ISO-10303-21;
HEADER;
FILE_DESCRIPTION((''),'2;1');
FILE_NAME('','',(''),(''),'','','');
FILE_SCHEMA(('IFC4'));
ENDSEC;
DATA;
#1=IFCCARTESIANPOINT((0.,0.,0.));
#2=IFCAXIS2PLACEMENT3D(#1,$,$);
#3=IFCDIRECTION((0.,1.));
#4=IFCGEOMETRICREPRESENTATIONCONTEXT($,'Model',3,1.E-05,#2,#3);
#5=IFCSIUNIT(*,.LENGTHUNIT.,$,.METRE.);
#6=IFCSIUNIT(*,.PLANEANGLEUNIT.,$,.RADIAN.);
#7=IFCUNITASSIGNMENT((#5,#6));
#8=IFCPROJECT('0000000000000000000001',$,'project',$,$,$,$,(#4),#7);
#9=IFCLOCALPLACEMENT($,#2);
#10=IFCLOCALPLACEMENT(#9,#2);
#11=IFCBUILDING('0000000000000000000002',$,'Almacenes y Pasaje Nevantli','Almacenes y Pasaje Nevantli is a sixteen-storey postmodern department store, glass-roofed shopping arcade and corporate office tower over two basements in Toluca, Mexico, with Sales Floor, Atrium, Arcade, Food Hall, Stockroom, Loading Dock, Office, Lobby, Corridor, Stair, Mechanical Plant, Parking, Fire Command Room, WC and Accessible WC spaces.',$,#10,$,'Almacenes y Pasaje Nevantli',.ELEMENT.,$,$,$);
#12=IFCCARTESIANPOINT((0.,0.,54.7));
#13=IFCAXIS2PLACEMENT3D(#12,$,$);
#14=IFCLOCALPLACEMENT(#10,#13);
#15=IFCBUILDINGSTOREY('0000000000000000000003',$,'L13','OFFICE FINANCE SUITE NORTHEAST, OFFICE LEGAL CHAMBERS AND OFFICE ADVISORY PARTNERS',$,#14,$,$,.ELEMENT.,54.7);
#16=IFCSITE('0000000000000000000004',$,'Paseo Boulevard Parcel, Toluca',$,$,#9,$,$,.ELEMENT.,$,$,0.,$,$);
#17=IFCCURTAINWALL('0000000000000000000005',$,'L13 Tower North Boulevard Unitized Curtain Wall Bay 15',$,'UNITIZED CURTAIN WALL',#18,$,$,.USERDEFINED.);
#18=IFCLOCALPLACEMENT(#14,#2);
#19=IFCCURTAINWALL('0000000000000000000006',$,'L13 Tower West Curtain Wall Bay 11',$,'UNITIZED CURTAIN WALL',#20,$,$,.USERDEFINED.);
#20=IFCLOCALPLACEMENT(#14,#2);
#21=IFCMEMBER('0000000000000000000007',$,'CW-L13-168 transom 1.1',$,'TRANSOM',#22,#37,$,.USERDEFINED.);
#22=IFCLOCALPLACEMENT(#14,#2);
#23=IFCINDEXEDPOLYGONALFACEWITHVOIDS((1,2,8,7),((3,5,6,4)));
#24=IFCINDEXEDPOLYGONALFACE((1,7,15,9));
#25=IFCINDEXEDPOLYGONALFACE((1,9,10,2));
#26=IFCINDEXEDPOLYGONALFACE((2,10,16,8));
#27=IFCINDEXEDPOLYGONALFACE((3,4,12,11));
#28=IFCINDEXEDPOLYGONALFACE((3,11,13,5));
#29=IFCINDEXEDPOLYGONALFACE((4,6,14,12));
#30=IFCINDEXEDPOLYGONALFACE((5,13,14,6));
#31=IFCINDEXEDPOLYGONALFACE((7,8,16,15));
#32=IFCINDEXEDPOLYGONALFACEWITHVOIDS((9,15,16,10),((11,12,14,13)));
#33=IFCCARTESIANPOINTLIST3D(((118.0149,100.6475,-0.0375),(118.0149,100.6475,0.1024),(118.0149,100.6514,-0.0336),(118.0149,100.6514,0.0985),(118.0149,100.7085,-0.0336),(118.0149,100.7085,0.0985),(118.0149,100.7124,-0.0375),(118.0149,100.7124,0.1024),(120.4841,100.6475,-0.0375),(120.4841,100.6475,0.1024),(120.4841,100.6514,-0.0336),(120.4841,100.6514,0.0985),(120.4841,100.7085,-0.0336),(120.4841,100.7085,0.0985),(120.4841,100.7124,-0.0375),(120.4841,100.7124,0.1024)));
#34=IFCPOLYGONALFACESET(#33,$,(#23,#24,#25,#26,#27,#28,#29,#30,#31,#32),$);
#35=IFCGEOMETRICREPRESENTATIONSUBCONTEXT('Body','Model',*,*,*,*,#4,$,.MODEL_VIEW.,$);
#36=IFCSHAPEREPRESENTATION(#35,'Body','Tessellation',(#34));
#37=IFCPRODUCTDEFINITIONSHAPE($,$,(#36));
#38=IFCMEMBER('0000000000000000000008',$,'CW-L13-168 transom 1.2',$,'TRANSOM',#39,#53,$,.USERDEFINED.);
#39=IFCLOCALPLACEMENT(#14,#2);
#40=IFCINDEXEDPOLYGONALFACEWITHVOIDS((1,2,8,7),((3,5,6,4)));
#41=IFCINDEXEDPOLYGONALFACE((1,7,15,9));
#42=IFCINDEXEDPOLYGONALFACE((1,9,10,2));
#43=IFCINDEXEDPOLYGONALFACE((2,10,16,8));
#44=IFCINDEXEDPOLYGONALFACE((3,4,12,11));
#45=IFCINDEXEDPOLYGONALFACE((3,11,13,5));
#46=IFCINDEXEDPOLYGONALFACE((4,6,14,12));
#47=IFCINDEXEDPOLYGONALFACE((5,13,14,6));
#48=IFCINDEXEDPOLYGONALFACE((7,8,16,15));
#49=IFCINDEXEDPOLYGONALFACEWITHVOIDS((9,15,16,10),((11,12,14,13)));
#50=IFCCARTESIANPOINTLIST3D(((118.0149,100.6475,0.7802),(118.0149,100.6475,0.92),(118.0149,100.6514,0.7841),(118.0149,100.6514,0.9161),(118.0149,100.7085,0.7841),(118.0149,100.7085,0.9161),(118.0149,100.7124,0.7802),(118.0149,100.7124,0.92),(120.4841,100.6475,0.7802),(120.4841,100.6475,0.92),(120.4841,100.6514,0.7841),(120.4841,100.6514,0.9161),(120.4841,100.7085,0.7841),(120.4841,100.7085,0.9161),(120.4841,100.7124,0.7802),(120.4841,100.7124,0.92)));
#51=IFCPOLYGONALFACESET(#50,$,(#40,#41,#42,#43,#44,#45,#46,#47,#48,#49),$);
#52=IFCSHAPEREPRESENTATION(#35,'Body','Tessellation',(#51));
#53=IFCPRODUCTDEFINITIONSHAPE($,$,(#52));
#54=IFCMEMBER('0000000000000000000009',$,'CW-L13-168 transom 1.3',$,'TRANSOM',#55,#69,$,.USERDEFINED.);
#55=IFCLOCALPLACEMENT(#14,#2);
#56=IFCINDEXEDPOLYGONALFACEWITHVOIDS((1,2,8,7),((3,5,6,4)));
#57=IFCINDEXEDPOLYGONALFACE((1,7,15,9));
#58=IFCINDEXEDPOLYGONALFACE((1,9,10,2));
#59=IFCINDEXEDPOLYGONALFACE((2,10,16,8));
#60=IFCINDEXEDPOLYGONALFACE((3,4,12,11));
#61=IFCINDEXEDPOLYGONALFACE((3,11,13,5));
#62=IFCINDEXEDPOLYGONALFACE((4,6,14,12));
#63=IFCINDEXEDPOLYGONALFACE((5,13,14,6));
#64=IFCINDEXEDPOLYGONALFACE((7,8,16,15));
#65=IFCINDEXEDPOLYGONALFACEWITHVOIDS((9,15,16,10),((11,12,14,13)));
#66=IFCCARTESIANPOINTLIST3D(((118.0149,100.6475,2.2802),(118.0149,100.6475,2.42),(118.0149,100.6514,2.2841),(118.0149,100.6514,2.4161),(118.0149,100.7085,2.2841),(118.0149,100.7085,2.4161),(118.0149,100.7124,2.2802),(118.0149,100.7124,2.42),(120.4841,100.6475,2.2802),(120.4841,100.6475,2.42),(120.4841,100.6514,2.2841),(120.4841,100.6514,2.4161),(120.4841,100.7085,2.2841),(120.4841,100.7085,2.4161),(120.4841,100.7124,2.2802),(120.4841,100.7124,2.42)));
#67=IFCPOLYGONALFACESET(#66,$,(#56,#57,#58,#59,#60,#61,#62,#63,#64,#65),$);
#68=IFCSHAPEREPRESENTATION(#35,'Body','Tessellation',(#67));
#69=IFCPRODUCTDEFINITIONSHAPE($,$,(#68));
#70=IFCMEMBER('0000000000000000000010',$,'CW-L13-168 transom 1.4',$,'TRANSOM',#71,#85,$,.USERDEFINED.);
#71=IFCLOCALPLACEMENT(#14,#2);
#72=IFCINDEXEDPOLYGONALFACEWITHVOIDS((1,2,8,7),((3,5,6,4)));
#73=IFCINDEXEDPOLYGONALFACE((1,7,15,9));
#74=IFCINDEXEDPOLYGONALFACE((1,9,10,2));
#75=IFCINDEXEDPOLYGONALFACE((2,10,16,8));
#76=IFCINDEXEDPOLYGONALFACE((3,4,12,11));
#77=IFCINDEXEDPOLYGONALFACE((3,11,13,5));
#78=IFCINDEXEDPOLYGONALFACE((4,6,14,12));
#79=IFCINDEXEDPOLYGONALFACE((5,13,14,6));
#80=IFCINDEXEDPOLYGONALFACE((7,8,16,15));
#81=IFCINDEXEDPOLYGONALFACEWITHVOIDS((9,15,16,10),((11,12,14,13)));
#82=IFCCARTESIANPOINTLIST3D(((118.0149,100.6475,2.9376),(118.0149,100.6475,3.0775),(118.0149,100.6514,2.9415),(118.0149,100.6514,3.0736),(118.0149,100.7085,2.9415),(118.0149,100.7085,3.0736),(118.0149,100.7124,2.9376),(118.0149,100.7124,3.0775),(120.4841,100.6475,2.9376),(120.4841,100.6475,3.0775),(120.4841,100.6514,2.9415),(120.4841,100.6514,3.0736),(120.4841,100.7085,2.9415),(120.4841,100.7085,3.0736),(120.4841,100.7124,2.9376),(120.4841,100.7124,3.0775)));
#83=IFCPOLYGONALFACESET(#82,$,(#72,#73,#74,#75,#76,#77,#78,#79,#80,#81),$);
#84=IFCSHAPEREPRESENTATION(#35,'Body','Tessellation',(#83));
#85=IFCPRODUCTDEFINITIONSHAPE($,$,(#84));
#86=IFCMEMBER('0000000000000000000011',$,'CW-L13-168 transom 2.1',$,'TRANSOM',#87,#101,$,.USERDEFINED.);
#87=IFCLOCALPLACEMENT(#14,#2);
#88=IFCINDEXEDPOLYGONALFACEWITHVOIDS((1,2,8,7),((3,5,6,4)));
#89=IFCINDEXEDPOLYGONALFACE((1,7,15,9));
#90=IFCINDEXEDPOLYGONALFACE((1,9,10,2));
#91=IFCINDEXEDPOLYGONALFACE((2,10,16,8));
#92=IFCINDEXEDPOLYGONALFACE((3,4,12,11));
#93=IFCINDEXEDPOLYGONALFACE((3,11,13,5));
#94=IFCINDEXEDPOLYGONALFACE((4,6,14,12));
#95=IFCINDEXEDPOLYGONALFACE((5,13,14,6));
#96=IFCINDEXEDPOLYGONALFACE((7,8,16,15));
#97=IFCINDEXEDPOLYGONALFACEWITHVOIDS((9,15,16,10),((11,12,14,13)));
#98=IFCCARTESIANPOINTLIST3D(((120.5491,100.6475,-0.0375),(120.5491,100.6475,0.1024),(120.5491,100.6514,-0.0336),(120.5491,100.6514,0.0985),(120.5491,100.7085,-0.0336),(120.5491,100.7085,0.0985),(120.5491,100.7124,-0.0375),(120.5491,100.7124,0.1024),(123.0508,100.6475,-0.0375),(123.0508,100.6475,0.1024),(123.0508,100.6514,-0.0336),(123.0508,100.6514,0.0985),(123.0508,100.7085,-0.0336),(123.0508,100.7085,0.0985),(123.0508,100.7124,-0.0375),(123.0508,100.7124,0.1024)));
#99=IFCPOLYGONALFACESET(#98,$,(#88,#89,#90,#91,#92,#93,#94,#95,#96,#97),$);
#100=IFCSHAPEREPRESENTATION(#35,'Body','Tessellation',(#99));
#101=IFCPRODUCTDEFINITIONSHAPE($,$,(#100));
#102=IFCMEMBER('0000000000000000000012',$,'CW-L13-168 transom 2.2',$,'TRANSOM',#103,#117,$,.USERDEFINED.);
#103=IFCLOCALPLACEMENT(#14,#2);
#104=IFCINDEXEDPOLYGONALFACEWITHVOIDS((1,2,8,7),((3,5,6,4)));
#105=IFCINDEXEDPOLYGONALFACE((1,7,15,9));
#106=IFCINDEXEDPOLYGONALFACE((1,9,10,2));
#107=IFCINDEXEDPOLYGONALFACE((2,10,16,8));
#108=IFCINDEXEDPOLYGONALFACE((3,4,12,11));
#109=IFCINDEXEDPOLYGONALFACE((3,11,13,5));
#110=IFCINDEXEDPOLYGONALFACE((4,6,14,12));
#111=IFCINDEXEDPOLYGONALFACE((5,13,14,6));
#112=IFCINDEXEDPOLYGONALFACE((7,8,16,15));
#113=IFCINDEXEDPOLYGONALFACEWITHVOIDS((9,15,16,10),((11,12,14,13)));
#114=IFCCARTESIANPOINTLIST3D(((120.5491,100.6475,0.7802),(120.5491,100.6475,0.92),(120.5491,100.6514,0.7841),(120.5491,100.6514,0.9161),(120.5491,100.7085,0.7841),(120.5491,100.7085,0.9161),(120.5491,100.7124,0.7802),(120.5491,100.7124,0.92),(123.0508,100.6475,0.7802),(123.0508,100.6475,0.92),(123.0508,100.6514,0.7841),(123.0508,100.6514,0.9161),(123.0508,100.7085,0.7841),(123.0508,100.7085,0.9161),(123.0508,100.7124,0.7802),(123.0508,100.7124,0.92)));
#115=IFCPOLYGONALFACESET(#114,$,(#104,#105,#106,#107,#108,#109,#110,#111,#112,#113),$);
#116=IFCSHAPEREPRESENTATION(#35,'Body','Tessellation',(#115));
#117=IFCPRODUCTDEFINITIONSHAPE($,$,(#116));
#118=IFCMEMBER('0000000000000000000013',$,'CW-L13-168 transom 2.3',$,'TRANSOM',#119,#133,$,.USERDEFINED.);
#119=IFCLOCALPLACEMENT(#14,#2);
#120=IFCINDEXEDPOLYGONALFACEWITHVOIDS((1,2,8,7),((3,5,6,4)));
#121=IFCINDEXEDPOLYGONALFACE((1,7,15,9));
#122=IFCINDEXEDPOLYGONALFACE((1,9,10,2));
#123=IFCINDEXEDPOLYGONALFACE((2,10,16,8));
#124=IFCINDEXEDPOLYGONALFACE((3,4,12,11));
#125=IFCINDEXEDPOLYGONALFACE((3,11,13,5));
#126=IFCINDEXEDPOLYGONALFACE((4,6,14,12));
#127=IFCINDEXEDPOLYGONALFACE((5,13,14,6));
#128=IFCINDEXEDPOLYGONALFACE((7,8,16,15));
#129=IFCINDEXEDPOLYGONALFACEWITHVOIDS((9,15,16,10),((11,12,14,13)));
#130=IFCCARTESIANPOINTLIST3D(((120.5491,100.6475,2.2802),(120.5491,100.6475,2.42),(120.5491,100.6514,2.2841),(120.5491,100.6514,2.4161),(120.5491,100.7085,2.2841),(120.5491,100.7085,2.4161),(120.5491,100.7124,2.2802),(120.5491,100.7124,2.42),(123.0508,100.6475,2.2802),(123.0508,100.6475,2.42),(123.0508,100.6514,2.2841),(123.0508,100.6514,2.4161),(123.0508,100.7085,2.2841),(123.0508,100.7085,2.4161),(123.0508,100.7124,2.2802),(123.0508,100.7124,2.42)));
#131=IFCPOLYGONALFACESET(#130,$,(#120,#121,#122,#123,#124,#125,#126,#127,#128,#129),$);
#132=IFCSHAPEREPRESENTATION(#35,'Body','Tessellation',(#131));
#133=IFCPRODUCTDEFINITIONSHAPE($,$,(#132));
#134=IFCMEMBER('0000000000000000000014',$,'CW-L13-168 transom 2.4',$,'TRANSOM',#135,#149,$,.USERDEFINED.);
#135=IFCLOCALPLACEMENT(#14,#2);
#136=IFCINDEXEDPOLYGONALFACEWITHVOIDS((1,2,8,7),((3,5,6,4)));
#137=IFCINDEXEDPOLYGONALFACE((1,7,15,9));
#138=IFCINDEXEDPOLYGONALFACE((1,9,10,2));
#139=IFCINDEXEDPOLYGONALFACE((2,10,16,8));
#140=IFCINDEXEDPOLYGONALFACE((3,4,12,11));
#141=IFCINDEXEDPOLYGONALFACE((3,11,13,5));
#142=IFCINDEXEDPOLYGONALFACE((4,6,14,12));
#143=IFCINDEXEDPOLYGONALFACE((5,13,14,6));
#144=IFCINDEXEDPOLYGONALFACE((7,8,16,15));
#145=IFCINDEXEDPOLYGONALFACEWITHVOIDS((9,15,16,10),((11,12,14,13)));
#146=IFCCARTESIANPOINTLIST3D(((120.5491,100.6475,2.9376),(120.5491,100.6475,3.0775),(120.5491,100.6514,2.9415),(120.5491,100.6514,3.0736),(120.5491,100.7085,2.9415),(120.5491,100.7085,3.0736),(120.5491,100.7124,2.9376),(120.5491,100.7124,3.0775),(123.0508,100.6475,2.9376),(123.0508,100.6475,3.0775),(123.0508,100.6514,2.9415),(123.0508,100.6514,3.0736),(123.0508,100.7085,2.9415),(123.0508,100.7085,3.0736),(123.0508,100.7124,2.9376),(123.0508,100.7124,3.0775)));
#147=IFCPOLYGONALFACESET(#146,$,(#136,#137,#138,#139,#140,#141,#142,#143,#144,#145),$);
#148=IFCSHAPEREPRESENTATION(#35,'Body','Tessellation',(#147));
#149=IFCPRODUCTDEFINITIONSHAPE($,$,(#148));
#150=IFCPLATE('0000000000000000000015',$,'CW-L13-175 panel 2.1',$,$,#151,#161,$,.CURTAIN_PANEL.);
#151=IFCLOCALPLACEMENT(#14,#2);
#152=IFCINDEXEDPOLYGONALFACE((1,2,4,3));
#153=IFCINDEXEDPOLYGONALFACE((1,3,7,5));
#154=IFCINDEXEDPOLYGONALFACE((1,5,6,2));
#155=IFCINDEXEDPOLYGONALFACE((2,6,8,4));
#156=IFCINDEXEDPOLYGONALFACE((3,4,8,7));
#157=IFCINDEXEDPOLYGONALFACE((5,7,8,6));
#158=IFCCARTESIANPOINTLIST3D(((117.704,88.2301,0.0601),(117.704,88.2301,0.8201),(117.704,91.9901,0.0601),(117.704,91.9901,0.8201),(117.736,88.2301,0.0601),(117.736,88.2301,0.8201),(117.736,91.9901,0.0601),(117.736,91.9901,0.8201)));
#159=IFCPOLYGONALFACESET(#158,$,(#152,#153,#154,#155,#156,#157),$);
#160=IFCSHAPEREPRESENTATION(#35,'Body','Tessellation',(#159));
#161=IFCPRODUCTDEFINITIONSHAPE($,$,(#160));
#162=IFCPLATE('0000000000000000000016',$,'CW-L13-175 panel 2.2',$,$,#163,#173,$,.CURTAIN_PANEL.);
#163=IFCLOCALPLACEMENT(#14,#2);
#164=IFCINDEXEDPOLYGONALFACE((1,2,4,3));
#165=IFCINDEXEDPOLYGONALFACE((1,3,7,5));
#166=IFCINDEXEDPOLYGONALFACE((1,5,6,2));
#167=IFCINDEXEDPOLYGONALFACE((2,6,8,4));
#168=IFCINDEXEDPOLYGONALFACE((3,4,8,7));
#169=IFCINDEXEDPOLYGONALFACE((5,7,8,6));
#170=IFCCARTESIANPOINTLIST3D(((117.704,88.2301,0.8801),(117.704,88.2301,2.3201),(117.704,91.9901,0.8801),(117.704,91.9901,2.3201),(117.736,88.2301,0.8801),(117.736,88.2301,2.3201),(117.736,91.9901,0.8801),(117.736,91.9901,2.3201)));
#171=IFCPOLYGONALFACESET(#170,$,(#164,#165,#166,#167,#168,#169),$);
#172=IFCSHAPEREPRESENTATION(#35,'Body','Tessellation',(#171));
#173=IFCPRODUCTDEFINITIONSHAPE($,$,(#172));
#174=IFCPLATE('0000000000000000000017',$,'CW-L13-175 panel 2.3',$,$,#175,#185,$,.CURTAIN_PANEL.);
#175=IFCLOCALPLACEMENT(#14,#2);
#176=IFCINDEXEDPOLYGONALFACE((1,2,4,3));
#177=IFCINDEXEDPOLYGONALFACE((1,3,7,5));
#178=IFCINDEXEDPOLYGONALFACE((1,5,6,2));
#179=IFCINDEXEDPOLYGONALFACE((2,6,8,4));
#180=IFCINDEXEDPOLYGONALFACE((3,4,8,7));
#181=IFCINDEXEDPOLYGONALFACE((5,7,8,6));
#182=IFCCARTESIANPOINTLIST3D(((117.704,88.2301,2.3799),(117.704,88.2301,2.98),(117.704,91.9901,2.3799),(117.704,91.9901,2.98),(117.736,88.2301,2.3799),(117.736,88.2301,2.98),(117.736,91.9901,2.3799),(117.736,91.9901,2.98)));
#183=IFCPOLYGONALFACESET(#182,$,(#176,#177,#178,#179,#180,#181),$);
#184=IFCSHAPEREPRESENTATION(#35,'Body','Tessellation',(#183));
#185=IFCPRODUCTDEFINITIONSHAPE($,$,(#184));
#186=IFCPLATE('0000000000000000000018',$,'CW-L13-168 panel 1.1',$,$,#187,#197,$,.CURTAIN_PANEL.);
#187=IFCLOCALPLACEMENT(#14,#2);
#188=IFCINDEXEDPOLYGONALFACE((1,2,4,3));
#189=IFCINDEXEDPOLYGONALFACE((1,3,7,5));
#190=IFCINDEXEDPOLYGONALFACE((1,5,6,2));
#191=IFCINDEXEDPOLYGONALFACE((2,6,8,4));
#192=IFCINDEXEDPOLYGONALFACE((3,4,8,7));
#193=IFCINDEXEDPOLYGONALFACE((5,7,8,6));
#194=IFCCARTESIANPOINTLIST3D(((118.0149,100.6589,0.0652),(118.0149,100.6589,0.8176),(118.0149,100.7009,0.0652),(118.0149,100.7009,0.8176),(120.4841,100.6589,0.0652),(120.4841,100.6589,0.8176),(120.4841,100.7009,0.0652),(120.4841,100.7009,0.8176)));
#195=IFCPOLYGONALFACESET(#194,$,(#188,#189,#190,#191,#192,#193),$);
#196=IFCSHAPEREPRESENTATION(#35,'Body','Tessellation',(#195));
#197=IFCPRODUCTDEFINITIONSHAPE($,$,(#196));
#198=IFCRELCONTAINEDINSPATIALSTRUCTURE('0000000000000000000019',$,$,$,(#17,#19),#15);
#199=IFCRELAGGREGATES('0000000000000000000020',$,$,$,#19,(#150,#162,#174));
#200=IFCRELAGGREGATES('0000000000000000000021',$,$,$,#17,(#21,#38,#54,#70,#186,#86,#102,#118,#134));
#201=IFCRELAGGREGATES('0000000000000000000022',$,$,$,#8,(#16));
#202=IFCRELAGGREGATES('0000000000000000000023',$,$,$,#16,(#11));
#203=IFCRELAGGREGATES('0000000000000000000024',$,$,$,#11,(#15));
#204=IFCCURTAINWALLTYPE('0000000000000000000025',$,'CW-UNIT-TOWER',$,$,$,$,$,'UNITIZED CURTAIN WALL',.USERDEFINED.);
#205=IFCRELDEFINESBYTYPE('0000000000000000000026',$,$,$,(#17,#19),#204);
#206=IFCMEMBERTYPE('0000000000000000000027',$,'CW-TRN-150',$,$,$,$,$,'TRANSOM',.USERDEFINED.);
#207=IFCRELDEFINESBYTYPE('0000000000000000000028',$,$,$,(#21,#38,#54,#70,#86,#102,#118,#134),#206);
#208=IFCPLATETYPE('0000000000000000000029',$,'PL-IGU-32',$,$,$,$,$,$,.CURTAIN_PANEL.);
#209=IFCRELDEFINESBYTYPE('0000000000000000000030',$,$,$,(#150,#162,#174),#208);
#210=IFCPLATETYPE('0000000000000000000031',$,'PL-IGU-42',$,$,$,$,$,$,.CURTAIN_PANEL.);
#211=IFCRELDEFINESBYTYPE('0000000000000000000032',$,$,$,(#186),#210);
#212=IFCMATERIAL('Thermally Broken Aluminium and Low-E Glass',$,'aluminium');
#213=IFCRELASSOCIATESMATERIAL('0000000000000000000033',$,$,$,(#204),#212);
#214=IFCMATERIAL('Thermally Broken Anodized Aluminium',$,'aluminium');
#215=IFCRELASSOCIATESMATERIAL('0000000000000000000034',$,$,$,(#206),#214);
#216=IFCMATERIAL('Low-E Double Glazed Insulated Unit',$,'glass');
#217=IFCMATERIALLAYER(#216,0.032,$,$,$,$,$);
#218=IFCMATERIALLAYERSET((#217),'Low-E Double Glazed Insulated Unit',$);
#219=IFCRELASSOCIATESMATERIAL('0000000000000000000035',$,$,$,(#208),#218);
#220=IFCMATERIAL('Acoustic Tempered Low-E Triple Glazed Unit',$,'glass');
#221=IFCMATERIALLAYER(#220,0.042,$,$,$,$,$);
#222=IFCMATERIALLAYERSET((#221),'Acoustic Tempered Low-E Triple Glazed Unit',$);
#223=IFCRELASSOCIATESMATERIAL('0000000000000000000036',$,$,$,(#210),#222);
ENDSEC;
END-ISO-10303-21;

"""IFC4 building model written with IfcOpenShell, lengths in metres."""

from ifc_helpers import new_model, si_unit, direction, frame, origin, origin_2d, place, context, subcontext, project, spatial, rectangle, hollow_rectangle, extrude, material, layer, layer_set, material_profile, profile_set, type_object, element, aggregate, save


model = new_model("IFC4")

# Units and contexts
model_context = context("Model", 3, precision=1e-05, world=origin(), true_north=direction((0.0, 1.0)))
body_context = subcontext(model_context, "Body", "Model", "MODEL_VIEW")
ifc_project = project(units=[si_unit("LENGTHUNIT", "METRE"), si_unit("PLANEANGLEUNIT", "RADIAN")], contexts=[model_context])

# Site, building, storey
site_placement = place(None, origin())
site = spatial("IfcSite", under=ifc_project, at=site_placement, Name="Paseo Boulevard Parcel, Toluca", CompositionType="ELEMENT", RefElevation=0.0)
building_placement = place(site_placement, origin())
building = spatial("IfcBuilding", under=site, at=building_placement, Name="Almacenes y Pasaje Nevantli", Description="Almacenes y Pasaje Nevantli is a sixteen-storey postmodern department store, glass-roofed shopping arcade and corporate office tower over two basements in Toluca, Mexico, with Sales Floor, Atrium, Arcade, Food Hall, Stockroom, Loading Dock, Office, Lobby, Corridor, Stair, Mechanical Plant, Parking, Fire Command Room, WC and Accessible WC spaces.", LongName="Almacenes y Pasaje Nevantli", CompositionType="ELEMENT")
storey_placement = place(building_placement, frame((0.0, 0.0, 54.7)))
storey = spatial("IfcBuildingStorey", under=building, at=storey_placement, Name="L13", Description="OFFICE FINANCE SUITE NORTHEAST, OFFICE LEGAL CHAMBERS AND OFFICE ADVISORY PARTNERS", CompositionType="ELEMENT", Elevation=54.7)

# Curtain walls
ifc_material_1 = material(Name="Thermally Broken Aluminium and Low-E Glass", Category="aluminium")
curtain_wall_type = type_object("IfcCurtainWallType", Name="CW-UNIT-TOWER", ElementType="UNITIZED CURTAIN WALL", PredefinedType="USERDEFINED", material=ifc_material_1)
curtain_wall_1_placement = place(storey_placement, origin())
curtain_wall_1 = element("IfcCurtainWall", 1, at=curtain_wall_1_placement, inside=storey, type_object=curtain_wall_type, Name="L13 Tower North Boulevard Unitized Curtain Wall Bay 15", ObjectType="UNITIZED CURTAIN WALL", PredefinedType="USERDEFINED")
curtain_wall_2_placement = place(storey_placement, origin())
curtain_wall_2 = element("IfcCurtainWall", 2, at=curtain_wall_2_placement, inside=storey, type_object=curtain_wall_type, Name="L13 Tower West Curtain Wall Bay 11", ObjectType="UNITIZED CURTAIN WALL", PredefinedType="USERDEFINED")

# Members
ifc_material_2 = material(Name="Thermally Broken Anodized Aluminium", Category="aluminium")
ifc_material_profile_1 = material_profile(ifc_material_2, hollow_rectangle(XDim=0.0649, YDim=0.1399, WallThickness=0.0039, at=origin_2d()), Name="ALU-TRN-65x140")
ifc_profile_set_1 = profile_set([ifc_material_profile_1], Name="Thermally Broken Anodized Aluminium")
member_type_1 = type_object("IfcMemberType", Name="CW-TRN-150", ElementType="TRANSOM", PredefinedType="USERDEFINED", material=ifc_profile_set_1)
member_1_placement = place(storey_placement, frame((118.0149, 100.6799, 0.0325), z_axis=(1.0, 0.0, 0.0), x_axis=(0.0, 1.0, 0.0)))
member_1 = element("IfcMember", 3, at=member_1_placement, type_object=member_type_1, Name="CW-L13-168 transom 1.1", ObjectType="TRANSOM", PredefinedType="USERDEFINED", context=body_context, shape_type="SweptSolid", body=[
    extrude(hollow_rectangle(XDim=0.0649, YDim=0.1399, WallThickness=0.0039, at=origin_2d()), origin(), (0.0, 0.0, 1.0), 2.4692),
])
member_2_placement = place(storey_placement, frame((118.0149, 100.6799, 0.8501), z_axis=(1.0, 0.0, 0.0), x_axis=(0.0, 1.0, 0.0)))
member_2 = element("IfcMember", 4, at=member_2_placement, type_object=member_type_1, Name="CW-L13-168 transom 1.2", ObjectType="TRANSOM", PredefinedType="USERDEFINED", context=body_context, shape_type="SweptSolid", body=[
    extrude(hollow_rectangle(XDim=0.0649, YDim=0.1399, WallThickness=0.0039, at=origin_2d()), origin(), (0.0, 0.0, 1.0), 2.4692),
])
member_3_placement = place(storey_placement, frame((118.0149, 100.6799, 2.3501), z_axis=(1.0, 0.0, 0.0), x_axis=(0.0, 1.0, 0.0)))
member_3 = element("IfcMember", 5, at=member_3_placement, type_object=member_type_1, Name="CW-L13-168 transom 1.3", ObjectType="TRANSOM", PredefinedType="USERDEFINED", context=body_context, shape_type="SweptSolid", body=[
    extrude(hollow_rectangle(XDim=0.0649, YDim=0.1399, WallThickness=0.0039, at=origin_2d()), origin(), (0.0, 0.0, 1.0), 2.4692),
])
member_4_placement = place(storey_placement, frame((118.0149, 100.6799, 3.0076), z_axis=(1.0, 0.0, 0.0), x_axis=(0.0, 1.0, 0.0)))
member_4 = element("IfcMember", 6, at=member_4_placement, type_object=member_type_1, Name="CW-L13-168 transom 1.4", ObjectType="TRANSOM", PredefinedType="USERDEFINED", context=body_context, shape_type="SweptSolid", body=[
    extrude(hollow_rectangle(XDim=0.0649, YDim=0.1399, WallThickness=0.0039, at=origin_2d()), origin(), (0.0, 0.0, 1.0), 2.4692),
])
member_5_placement = place(storey_placement, frame((120.5491, 100.6799, 0.0325), z_axis=(1.0, 0.0, 0.0), x_axis=(0.0, 1.0, 0.0)))
member_5 = element("IfcMember", 7, at=member_5_placement, type_object=member_type_1, Name="CW-L13-168 transom 2.1", ObjectType="TRANSOM", PredefinedType="USERDEFINED", context=body_context, shape_type="SweptSolid", body=[
    extrude(hollow_rectangle(XDim=0.0649, YDim=0.1399, WallThickness=0.0039, at=origin_2d()), origin(), (0.0, 0.0, 1.0), 2.5017),
])
member_6_placement = place(storey_placement, frame((120.5491, 100.6799, 0.8501), z_axis=(1.0, 0.0, 0.0), x_axis=(0.0, 1.0, 0.0)))
member_6 = element("IfcMember", 8, at=member_6_placement, type_object=member_type_1, Name="CW-L13-168 transom 2.2", ObjectType="TRANSOM", PredefinedType="USERDEFINED", context=body_context, shape_type="SweptSolid", body=[
    extrude(hollow_rectangle(XDim=0.0649, YDim=0.1399, WallThickness=0.0039, at=origin_2d()), origin(), (0.0, 0.0, 1.0), 2.5017),
])
member_7_placement = place(storey_placement, frame((120.5491, 100.6799, 2.3501), z_axis=(1.0, 0.0, 0.0), x_axis=(0.0, 1.0, 0.0)))
member_7 = element("IfcMember", 9, at=member_7_placement, type_object=member_type_1, Name="CW-L13-168 transom 2.3", ObjectType="TRANSOM", PredefinedType="USERDEFINED", context=body_context, shape_type="SweptSolid", body=[
    extrude(hollow_rectangle(XDim=0.0649, YDim=0.1399, WallThickness=0.0039, at=origin_2d()), origin(), (0.0, 0.0, 1.0), 2.5017),
])
member_8_placement = place(storey_placement, frame((120.5491, 100.6799, 3.0076), z_axis=(1.0, 0.0, 0.0), x_axis=(0.0, 1.0, 0.0)))
member_8 = element("IfcMember", 10, at=member_8_placement, type_object=member_type_1, Name="CW-L13-168 transom 2.4", ObjectType="TRANSOM", PredefinedType="USERDEFINED", context=body_context, shape_type="SweptSolid", body=[
    extrude(hollow_rectangle(XDim=0.0649, YDim=0.1399, WallThickness=0.0039, at=origin_2d()), origin(), (0.0, 0.0, 1.0), 2.5017),
])

# Plates
ifc_material_3 = material(Name="Low-E Double Glazed Insulated Unit", Category="glass")
ifc_layer_1 = layer(ifc_material_3, 0.032)
ifc_layer_set_1 = layer_set([ifc_layer_1], Name="Low-E Double Glazed Insulated Unit")
plate_type_1 = type_object("IfcPlateType", Name="PL-IGU-32", PredefinedType="CURTAIN_PANEL", material=ifc_layer_set_1)
plate_1_placement = place(storey_placement, frame((117.72, 90.1101, 0.0601), z_axis=(0.0, 0.0, 1.0), x_axis=(0.0, 1.0, 0.0)))
plate_1 = element("IfcPlate", 11, at=plate_1_placement, type_object=plate_type_1, Name="CW-L13-175 panel 2.1", PredefinedType="CURTAIN_PANEL", context=body_context, shape_type="SweptSolid", body=[
    extrude(rectangle(XDim=3.76, YDim=0.032, at=origin_2d()), origin(), (0.0, 0.0, 1.0), 0.76),
])
plate_2_placement = place(storey_placement, frame((117.72, 90.1101, 0.8801), z_axis=(0.0, 0.0, 1.0), x_axis=(0.0, 1.0, 0.0)))
plate_2 = element("IfcPlate", 12, at=plate_2_placement, type_object=plate_type_1, Name="CW-L13-175 panel 2.2", PredefinedType="CURTAIN_PANEL", context=body_context, shape_type="SweptSolid", body=[
    extrude(rectangle(XDim=3.76, YDim=0.032, at=origin_2d()), origin(), (0.0, 0.0, 1.0), 1.4399),
])
plate_3_placement = place(storey_placement, frame((117.72, 90.1101, 2.3799), z_axis=(0.0, 0.0, 1.0), x_axis=(0.0, 1.0, 0.0)))
plate_3 = element("IfcPlate", 13, at=plate_3_placement, type_object=plate_type_1, Name="CW-L13-175 panel 2.3", PredefinedType="CURTAIN_PANEL", context=body_context, shape_type="SweptSolid", body=[
    extrude(rectangle(XDim=3.76, YDim=0.032, at=origin_2d()), origin(), (0.0, 0.0, 1.0), 0.6001),
])
aggregate(curtain_wall_2, [plate_1, plate_2, plate_3])
ifc_material_4 = material(Name="Acoustic Tempered Low-E Triple Glazed Unit", Category="glass")
ifc_layer_2 = layer(ifc_material_4, 0.042)
ifc_layer_set_2 = layer_set([ifc_layer_2], Name="Acoustic Tempered Low-E Triple Glazed Unit")
plate_type_2 = type_object("IfcPlateType", Name="PL-IGU-42", PredefinedType="CURTAIN_PANEL", material=ifc_layer_set_2)
plate_4_placement = place(storey_placement, frame((119.2495, 100.6799, 0.0652), z_axis=(0.0, 0.0, 1.0), x_axis=(1.0, 0.0, 0.0)))
plate_4 = element("IfcPlate", 14, at=plate_4_placement, type_object=plate_type_2, Name="CW-L13-168 panel 1.1", PredefinedType="CURTAIN_PANEL", context=body_context, shape_type="SweptSolid", body=[
    extrude(rectangle(XDim=2.4692, YDim=0.042, at=origin_2d()), origin(), (0.0, 0.0, 1.0), 0.7524),
])
aggregate(curtain_wall_1, [member_1, member_2, member_3, member_4, plate_4, member_5, member_6, member_7, member_8])

save(model, "model.ifc")
